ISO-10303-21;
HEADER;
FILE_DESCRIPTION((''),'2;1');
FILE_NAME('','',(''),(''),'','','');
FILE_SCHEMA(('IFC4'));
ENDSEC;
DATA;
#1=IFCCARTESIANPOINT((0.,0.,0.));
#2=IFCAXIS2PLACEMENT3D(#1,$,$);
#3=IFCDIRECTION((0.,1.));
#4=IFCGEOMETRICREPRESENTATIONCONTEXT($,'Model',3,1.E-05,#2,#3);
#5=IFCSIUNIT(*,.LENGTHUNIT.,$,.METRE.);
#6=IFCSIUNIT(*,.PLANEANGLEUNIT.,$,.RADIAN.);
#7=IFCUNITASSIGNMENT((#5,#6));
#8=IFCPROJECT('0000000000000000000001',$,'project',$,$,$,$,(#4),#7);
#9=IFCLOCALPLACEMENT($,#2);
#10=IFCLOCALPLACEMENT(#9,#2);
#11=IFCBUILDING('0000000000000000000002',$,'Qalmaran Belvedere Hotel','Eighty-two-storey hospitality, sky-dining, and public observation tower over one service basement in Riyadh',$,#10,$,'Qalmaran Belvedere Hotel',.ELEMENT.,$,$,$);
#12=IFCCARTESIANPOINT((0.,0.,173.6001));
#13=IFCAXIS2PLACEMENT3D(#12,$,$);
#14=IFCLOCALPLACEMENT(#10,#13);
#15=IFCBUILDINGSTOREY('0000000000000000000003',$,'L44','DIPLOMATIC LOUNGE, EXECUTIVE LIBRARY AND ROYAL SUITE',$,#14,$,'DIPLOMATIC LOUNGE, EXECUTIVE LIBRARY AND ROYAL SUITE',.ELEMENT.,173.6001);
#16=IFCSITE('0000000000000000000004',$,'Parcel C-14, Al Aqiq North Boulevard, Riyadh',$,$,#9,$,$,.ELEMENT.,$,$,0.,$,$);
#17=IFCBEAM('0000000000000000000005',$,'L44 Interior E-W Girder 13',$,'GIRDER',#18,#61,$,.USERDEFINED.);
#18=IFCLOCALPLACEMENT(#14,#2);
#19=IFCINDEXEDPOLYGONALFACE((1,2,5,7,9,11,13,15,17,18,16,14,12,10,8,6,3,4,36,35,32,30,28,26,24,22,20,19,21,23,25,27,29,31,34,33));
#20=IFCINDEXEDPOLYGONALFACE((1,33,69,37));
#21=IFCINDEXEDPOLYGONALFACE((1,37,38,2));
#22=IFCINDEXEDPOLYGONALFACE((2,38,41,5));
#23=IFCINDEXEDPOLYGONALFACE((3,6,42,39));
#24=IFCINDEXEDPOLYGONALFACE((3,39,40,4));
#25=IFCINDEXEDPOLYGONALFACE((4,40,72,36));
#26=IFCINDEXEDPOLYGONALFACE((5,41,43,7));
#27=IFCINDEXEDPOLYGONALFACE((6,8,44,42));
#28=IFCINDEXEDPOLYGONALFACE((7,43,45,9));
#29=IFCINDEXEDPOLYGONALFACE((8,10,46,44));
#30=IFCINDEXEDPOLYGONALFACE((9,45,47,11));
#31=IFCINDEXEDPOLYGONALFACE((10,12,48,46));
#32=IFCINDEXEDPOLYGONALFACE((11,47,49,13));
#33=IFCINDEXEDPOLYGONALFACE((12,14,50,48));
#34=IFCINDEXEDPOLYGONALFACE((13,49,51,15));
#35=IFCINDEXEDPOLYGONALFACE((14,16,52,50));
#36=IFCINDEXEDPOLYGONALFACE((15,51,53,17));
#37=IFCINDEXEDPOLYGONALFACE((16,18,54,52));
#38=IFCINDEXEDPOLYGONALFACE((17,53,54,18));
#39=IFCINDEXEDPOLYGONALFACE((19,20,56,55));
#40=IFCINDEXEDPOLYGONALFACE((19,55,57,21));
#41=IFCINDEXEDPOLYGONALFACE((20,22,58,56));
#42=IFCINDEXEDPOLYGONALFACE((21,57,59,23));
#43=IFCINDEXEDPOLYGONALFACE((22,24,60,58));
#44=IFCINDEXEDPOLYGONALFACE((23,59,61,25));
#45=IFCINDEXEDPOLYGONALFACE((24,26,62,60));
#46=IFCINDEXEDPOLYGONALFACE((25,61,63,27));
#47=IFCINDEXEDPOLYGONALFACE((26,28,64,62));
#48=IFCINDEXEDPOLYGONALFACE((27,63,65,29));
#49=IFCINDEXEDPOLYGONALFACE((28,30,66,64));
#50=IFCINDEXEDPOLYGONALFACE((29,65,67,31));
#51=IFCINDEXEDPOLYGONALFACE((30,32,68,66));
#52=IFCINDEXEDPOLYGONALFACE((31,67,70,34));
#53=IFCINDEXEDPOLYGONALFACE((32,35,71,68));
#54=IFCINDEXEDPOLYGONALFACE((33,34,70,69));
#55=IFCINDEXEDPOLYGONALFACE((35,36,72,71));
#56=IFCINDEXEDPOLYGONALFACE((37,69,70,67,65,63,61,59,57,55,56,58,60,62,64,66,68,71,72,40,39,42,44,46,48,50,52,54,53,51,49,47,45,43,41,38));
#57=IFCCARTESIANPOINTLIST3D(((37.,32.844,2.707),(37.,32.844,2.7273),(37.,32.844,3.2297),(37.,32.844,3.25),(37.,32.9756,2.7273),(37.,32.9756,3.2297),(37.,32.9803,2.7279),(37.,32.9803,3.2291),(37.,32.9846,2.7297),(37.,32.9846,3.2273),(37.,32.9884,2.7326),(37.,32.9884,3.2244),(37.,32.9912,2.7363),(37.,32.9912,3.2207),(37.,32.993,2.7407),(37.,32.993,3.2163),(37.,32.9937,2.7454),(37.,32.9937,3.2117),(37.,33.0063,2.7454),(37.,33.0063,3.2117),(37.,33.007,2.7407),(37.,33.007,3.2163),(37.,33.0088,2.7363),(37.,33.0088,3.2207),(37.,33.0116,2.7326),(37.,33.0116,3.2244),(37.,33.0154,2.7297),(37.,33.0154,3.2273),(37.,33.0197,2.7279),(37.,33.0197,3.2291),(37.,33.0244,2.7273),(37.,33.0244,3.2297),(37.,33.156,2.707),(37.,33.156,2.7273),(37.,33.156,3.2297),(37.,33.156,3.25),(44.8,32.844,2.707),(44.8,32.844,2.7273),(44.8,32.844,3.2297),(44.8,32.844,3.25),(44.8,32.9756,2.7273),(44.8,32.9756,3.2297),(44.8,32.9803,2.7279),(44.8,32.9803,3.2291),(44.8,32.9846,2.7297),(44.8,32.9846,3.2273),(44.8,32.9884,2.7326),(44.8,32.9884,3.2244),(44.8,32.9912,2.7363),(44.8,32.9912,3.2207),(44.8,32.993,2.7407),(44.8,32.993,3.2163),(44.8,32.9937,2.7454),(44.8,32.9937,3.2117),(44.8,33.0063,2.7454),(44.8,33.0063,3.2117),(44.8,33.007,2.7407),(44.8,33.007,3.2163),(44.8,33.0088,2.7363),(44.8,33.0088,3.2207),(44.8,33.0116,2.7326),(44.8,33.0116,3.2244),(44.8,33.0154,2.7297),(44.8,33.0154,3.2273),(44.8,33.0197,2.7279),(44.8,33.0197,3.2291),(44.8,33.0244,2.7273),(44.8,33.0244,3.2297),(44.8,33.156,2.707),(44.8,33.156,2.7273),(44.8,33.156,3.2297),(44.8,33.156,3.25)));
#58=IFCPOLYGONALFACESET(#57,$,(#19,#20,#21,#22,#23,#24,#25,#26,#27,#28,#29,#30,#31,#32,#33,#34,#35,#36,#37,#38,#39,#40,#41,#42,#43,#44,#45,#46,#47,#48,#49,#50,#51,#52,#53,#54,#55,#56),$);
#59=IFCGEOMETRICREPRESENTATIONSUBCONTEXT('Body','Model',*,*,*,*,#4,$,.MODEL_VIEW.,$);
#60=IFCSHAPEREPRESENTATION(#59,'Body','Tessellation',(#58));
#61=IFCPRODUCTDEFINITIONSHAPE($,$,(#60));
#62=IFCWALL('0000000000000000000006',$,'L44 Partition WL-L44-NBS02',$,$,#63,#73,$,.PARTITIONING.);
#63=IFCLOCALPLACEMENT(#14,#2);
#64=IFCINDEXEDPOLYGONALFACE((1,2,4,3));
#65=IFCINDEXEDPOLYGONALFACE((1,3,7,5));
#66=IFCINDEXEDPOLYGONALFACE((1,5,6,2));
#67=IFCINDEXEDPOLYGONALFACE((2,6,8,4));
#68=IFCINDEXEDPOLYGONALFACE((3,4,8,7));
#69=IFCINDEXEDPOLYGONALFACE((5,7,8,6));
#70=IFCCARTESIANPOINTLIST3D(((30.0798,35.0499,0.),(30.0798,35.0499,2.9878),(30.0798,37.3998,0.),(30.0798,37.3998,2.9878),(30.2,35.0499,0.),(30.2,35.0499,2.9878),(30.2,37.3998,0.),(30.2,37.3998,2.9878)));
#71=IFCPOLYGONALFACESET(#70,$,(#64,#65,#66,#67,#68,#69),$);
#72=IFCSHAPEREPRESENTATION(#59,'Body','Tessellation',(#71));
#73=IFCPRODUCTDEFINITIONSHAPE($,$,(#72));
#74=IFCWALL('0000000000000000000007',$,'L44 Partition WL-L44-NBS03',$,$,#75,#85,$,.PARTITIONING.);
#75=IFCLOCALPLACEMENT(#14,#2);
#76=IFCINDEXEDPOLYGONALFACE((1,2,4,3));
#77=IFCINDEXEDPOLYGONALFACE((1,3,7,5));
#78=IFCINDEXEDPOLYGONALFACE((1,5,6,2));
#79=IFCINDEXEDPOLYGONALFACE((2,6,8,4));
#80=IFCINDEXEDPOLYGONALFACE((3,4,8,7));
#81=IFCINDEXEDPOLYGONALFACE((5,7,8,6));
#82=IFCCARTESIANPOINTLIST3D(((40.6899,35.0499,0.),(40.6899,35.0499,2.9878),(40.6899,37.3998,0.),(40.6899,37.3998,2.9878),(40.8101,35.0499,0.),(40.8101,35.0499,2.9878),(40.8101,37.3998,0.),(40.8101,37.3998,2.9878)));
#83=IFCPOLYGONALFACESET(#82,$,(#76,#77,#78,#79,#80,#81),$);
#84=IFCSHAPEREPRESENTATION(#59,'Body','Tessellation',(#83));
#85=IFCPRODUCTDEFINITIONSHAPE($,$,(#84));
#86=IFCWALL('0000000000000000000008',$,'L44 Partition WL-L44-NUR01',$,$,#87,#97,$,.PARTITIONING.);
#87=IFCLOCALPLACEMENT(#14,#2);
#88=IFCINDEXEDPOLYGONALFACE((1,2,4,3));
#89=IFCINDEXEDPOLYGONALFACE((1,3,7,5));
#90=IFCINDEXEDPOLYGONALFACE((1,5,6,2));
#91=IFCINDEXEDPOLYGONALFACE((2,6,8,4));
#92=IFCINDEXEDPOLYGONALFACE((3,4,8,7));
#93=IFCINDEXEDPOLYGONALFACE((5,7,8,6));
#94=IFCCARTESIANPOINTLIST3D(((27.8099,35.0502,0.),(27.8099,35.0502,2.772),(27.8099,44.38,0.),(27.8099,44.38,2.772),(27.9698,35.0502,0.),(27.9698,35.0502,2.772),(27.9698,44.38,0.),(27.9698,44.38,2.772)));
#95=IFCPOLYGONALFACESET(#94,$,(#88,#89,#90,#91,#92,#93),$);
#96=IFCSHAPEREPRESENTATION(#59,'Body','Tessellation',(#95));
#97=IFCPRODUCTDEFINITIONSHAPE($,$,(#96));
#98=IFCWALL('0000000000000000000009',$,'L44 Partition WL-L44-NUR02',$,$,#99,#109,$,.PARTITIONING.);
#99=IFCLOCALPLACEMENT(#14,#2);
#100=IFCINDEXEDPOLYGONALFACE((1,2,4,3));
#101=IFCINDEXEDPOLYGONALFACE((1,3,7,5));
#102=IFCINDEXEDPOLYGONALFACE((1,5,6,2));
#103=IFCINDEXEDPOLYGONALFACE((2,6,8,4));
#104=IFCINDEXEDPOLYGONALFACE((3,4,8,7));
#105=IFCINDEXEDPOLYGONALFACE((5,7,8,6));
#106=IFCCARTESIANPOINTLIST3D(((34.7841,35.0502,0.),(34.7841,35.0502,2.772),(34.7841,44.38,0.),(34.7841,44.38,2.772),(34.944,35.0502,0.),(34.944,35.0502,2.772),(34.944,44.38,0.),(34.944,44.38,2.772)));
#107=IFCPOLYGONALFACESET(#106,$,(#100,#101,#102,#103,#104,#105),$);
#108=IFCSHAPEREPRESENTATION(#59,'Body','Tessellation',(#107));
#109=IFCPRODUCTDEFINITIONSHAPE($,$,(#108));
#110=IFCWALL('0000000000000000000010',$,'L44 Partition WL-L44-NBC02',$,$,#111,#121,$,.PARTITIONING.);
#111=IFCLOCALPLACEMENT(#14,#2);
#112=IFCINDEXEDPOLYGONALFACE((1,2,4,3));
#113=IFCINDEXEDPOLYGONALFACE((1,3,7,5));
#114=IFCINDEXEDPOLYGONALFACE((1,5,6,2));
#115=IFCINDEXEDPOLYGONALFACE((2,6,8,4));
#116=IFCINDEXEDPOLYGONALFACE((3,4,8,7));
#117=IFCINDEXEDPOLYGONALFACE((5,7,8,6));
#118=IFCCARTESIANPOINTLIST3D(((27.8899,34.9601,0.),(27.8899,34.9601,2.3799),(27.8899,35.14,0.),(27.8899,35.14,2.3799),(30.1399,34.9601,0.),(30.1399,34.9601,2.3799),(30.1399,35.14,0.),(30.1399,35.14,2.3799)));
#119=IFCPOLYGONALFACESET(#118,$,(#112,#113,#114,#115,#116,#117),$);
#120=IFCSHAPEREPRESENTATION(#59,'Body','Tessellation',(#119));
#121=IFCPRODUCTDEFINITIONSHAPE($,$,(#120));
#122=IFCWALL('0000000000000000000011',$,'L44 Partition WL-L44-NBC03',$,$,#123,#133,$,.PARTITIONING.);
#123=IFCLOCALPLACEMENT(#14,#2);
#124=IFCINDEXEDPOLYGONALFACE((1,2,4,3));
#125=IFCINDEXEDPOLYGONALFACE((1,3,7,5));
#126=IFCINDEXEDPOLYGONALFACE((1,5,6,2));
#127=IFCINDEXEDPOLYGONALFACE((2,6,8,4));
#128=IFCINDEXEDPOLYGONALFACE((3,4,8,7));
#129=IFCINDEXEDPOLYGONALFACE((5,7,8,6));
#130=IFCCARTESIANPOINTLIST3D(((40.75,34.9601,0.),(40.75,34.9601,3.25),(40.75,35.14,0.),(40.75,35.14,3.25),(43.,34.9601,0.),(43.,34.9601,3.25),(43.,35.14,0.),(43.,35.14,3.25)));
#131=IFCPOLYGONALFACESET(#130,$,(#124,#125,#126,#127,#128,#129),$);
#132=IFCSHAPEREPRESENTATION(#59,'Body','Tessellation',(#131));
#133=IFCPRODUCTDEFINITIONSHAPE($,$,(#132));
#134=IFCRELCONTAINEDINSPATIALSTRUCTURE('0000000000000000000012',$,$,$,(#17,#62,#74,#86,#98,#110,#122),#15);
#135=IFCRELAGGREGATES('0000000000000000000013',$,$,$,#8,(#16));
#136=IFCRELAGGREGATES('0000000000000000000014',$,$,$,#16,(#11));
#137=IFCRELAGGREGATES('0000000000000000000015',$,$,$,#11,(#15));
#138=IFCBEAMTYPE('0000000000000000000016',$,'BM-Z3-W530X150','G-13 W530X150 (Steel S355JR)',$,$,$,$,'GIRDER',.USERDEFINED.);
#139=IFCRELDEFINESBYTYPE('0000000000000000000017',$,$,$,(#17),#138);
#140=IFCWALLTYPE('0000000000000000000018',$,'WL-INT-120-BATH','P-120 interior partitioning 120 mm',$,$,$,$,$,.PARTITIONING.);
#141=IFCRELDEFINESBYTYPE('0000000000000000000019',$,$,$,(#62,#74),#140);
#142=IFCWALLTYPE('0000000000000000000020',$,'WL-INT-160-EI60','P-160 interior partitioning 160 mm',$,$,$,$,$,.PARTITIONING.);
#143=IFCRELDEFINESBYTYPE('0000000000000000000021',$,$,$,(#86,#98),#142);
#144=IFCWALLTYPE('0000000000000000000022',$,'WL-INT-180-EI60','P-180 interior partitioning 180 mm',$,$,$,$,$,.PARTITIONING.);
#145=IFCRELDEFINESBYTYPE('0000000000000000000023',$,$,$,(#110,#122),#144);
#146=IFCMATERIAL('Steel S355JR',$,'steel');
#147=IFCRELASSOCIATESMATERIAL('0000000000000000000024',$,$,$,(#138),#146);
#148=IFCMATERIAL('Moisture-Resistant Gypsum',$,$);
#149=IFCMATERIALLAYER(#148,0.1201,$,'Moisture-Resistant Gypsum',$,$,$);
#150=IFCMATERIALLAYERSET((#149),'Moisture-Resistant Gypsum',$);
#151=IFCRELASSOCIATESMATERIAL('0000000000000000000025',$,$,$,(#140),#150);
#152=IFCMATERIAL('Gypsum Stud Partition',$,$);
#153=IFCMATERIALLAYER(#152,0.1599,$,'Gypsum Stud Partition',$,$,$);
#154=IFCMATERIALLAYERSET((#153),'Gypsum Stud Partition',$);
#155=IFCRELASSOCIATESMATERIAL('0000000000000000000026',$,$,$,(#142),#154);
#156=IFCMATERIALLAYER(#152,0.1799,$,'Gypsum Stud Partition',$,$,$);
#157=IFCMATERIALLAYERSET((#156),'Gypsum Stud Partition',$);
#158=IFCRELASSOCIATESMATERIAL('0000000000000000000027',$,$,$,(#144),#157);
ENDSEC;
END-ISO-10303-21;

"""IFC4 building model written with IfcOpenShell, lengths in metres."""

from ifc_helpers import new_model, si_unit, direction, frame, frame_2d, origin, origin_2d, place, context, subcontext, project, spatial, rectangle, i_section, extrude, material, layer, layer_set, material_profile, profile_set, type_object, element, save


model = new_model("IFC4")

# Units and contexts
model_context = context("Model", 3, precision=1e-05, world=origin(), true_north=direction((0.0, 1.0)))
body_context = subcontext(model_context, "Body", "Model", "MODEL_VIEW")
ifc_project = project(units=[si_unit("LENGTHUNIT", "METRE"), si_unit("PLANEANGLEUNIT", "RADIAN")], contexts=[model_context])

# Site, building, storey
site_placement = place(None, origin())
site = spatial("IfcSite", under=ifc_project, at=site_placement, Name="Parcel C-14, Al Aqiq North Boulevard, Riyadh", CompositionType="ELEMENT", RefElevation=0.0)
building_placement = place(site_placement, origin())
building = spatial("IfcBuilding", under=site, at=building_placement, Name="Qalmaran Belvedere Hotel", Description="Eighty-two-storey hospitality, sky-dining, and public observation tower over one service basement in Riyadh", LongName="Qalmaran Belvedere Hotel", CompositionType="ELEMENT")
storey_placement = place(building_placement, frame((0.0, 0.0, 173.6001)))
storey = spatial("IfcBuildingStorey", under=building, at=storey_placement, Name="L44", Description="DIPLOMATIC LOUNGE, EXECUTIVE LIBRARY AND ROYAL SUITE", LongName="DIPLOMATIC LOUNGE, EXECUTIVE LIBRARY AND ROYAL SUITE", CompositionType="ELEMENT", Elevation=173.6001)

# Beam
ifc_material_1 = material(Name="Steel S355JR", Category="steel")
ifc_material_profile_1 = material_profile(ifc_material_1, i_section(OverallWidth=0.312, OverallDepth=0.543, WebThickness=0.0127, FlangeThickness=0.0203, FilletRadius=0.0181, at=origin_2d()), Name="W530X150")
ifc_profile_set_1 = profile_set([ifc_material_profile_1], Name="Steel S355JR")
beam_type_1 = type_object("IfcBeamType", Name="BM-Z3-W530X150", Description="G-13 W530X150 (Steel S355JR)", ElementType="GIRDER", PredefinedType="USERDEFINED", material=ifc_profile_set_1)
for number, where, z_axis, x_axis, name in (
    (1, (37.0, 33.0, 2.9785), (1.0, 0.0, 0.0), (0.0, 1.0, 0.0), "L44 Interior E-W Girder 13"),
):
    element("IfcBeam", number, at=place(storey_placement, frame(where, z_axis=z_axis, x_axis=x_axis)), inside=storey, type_object=beam_type_1, Name=name, ObjectType="GIRDER", PredefinedType="USERDEFINED", context=body_context, shape_type="SweptSolid", body=[
        extrude(i_section(OverallWidth=0.312, OverallDepth=0.543, WebThickness=0.0127, FlangeThickness=0.0203, FilletRadius=0.0181, at=origin_2d()), origin(), (0.0, 0.0, 1.0), 7.8),
    ])

# Walls
ifc_material_2 = material(Name="Moisture-Resistant Gypsum")
ifc_layer_1 = layer(ifc_material_2, 0.1201, Name="Moisture-Resistant Gypsum")
ifc_layer_set_1 = layer_set([ifc_layer_1], Name="Moisture-Resistant Gypsum")
wall_type_1 = type_object("IfcWallType", Name="WL-INT-120-BATH", Description="P-120 interior partitioning 120 mm", PredefinedType="PARTITIONING", material=ifc_layer_set_1)
for number, where, z_axis, x_axis, name in (
    (2, (30.1399, 35.05, 0.0), (0.0, 0.0, 1.0), (0.0, 1.0, 0.0), "L44 Partition WL-L44-NBS02"),
    (3, (40.75, 35.05, 0.0), (0.0, 0.0, 1.0), (0.0, 1.0, 0.0), "L44 Partition WL-L44-NBS03"),
):
    element("IfcWall", number, at=place(storey_placement, frame(where, z_axis=z_axis, x_axis=x_axis)), inside=storey, type_object=wall_type_1, Name=name, PredefinedType="PARTITIONING", context=body_context, shape_type="SweptSolid", body=[
        extrude(rectangle(XDim=2.3499, YDim=0.1201, at=frame_2d((1.1748, 0.0))), origin(), (0.0, 0.0, 1.0), 2.9878),
    ])
ifc_material_3 = material(Name="Gypsum Stud Partition")
ifc_layer_2 = layer(ifc_material_3, 0.1599, Name="Gypsum Stud Partition")
ifc_layer_set_2 = layer_set([ifc_layer_2], Name="Gypsum Stud Partition")
wall_type_2 = type_object("IfcWallType", Name="WL-INT-160-EI60", Description="P-160 interior partitioning 160 mm", PredefinedType="PARTITIONING", material=ifc_layer_set_2)
for number, where, z_axis, x_axis, name in (
    (4, (27.8899, 35.05, 0.0), (0.0, 0.0, 1.0), (0.0, 1.0, 0.0), "L44 Partition WL-L44-NUR01"),
    (5, (34.864, 35.05, 0.0), (0.0, 0.0, 1.0), (0.0, 1.0, 0.0), "L44 Partition WL-L44-NUR02"),
):
    element("IfcWall", number, at=place(storey_placement, frame(where, z_axis=z_axis, x_axis=x_axis)), inside=storey, type_object=wall_type_2, Name=name, PredefinedType="PARTITIONING", context=body_context, shape_type="SweptSolid", body=[
        extrude(rectangle(XDim=9.3298, YDim=0.1599, at=frame_2d((4.665, 0.0))), origin(), (0.0, 0.0, 1.0), 2.772),
    ])
ifc_layer_3 = layer(ifc_material_3, 0.1799, Name="Gypsum Stud Partition")
ifc_layer_set_3 = layer_set([ifc_layer_3], Name="Gypsum Stud Partition")
wall_type_3 = type_object("IfcWallType", Name="WL-INT-180-EI60", Description="P-180 interior partitioning 180 mm", PredefinedType="PARTITIONING", material=ifc_layer_set_3)
wall_1_placement = place(storey_placement, frame((27.8899, 35.05, 0.0), z_axis=(0.0, 0.0, 1.0), x_axis=(1.0, 0.0, 0.0)))
element("IfcWall", 6, at=wall_1_placement, inside=storey, type_object=wall_type_3, Name="L44 Partition WL-L44-NBC02", PredefinedType="PARTITIONING", context=body_context, shape_type="SweptSolid", body=[
    extrude(rectangle(XDim=2.25, YDim=0.1799, at=frame_2d((1.125, 0.0))), origin(), (0.0, 0.0, 1.0), 2.3799),
])

# Wall
wall_2_placement = place(storey_placement, frame((40.75, 35.05, 0.0), z_axis=(0.0, 0.0, 1.0), x_axis=(1.0, 0.0, 0.0)))
element("IfcWall", 7, at=wall_2_placement, inside=storey, type_object=wall_type_3, Name="L44 Partition WL-L44-NBC03", PredefinedType="PARTITIONING", context=body_context, shape_type="SweptSolid", body=[
    extrude(rectangle(XDim=2.25, YDim=0.1799, at=frame_2d((1.125, 0.0))), origin(), (0.0, 0.0, 1.0), 3.25),
])

save(model, "model.ifc")
